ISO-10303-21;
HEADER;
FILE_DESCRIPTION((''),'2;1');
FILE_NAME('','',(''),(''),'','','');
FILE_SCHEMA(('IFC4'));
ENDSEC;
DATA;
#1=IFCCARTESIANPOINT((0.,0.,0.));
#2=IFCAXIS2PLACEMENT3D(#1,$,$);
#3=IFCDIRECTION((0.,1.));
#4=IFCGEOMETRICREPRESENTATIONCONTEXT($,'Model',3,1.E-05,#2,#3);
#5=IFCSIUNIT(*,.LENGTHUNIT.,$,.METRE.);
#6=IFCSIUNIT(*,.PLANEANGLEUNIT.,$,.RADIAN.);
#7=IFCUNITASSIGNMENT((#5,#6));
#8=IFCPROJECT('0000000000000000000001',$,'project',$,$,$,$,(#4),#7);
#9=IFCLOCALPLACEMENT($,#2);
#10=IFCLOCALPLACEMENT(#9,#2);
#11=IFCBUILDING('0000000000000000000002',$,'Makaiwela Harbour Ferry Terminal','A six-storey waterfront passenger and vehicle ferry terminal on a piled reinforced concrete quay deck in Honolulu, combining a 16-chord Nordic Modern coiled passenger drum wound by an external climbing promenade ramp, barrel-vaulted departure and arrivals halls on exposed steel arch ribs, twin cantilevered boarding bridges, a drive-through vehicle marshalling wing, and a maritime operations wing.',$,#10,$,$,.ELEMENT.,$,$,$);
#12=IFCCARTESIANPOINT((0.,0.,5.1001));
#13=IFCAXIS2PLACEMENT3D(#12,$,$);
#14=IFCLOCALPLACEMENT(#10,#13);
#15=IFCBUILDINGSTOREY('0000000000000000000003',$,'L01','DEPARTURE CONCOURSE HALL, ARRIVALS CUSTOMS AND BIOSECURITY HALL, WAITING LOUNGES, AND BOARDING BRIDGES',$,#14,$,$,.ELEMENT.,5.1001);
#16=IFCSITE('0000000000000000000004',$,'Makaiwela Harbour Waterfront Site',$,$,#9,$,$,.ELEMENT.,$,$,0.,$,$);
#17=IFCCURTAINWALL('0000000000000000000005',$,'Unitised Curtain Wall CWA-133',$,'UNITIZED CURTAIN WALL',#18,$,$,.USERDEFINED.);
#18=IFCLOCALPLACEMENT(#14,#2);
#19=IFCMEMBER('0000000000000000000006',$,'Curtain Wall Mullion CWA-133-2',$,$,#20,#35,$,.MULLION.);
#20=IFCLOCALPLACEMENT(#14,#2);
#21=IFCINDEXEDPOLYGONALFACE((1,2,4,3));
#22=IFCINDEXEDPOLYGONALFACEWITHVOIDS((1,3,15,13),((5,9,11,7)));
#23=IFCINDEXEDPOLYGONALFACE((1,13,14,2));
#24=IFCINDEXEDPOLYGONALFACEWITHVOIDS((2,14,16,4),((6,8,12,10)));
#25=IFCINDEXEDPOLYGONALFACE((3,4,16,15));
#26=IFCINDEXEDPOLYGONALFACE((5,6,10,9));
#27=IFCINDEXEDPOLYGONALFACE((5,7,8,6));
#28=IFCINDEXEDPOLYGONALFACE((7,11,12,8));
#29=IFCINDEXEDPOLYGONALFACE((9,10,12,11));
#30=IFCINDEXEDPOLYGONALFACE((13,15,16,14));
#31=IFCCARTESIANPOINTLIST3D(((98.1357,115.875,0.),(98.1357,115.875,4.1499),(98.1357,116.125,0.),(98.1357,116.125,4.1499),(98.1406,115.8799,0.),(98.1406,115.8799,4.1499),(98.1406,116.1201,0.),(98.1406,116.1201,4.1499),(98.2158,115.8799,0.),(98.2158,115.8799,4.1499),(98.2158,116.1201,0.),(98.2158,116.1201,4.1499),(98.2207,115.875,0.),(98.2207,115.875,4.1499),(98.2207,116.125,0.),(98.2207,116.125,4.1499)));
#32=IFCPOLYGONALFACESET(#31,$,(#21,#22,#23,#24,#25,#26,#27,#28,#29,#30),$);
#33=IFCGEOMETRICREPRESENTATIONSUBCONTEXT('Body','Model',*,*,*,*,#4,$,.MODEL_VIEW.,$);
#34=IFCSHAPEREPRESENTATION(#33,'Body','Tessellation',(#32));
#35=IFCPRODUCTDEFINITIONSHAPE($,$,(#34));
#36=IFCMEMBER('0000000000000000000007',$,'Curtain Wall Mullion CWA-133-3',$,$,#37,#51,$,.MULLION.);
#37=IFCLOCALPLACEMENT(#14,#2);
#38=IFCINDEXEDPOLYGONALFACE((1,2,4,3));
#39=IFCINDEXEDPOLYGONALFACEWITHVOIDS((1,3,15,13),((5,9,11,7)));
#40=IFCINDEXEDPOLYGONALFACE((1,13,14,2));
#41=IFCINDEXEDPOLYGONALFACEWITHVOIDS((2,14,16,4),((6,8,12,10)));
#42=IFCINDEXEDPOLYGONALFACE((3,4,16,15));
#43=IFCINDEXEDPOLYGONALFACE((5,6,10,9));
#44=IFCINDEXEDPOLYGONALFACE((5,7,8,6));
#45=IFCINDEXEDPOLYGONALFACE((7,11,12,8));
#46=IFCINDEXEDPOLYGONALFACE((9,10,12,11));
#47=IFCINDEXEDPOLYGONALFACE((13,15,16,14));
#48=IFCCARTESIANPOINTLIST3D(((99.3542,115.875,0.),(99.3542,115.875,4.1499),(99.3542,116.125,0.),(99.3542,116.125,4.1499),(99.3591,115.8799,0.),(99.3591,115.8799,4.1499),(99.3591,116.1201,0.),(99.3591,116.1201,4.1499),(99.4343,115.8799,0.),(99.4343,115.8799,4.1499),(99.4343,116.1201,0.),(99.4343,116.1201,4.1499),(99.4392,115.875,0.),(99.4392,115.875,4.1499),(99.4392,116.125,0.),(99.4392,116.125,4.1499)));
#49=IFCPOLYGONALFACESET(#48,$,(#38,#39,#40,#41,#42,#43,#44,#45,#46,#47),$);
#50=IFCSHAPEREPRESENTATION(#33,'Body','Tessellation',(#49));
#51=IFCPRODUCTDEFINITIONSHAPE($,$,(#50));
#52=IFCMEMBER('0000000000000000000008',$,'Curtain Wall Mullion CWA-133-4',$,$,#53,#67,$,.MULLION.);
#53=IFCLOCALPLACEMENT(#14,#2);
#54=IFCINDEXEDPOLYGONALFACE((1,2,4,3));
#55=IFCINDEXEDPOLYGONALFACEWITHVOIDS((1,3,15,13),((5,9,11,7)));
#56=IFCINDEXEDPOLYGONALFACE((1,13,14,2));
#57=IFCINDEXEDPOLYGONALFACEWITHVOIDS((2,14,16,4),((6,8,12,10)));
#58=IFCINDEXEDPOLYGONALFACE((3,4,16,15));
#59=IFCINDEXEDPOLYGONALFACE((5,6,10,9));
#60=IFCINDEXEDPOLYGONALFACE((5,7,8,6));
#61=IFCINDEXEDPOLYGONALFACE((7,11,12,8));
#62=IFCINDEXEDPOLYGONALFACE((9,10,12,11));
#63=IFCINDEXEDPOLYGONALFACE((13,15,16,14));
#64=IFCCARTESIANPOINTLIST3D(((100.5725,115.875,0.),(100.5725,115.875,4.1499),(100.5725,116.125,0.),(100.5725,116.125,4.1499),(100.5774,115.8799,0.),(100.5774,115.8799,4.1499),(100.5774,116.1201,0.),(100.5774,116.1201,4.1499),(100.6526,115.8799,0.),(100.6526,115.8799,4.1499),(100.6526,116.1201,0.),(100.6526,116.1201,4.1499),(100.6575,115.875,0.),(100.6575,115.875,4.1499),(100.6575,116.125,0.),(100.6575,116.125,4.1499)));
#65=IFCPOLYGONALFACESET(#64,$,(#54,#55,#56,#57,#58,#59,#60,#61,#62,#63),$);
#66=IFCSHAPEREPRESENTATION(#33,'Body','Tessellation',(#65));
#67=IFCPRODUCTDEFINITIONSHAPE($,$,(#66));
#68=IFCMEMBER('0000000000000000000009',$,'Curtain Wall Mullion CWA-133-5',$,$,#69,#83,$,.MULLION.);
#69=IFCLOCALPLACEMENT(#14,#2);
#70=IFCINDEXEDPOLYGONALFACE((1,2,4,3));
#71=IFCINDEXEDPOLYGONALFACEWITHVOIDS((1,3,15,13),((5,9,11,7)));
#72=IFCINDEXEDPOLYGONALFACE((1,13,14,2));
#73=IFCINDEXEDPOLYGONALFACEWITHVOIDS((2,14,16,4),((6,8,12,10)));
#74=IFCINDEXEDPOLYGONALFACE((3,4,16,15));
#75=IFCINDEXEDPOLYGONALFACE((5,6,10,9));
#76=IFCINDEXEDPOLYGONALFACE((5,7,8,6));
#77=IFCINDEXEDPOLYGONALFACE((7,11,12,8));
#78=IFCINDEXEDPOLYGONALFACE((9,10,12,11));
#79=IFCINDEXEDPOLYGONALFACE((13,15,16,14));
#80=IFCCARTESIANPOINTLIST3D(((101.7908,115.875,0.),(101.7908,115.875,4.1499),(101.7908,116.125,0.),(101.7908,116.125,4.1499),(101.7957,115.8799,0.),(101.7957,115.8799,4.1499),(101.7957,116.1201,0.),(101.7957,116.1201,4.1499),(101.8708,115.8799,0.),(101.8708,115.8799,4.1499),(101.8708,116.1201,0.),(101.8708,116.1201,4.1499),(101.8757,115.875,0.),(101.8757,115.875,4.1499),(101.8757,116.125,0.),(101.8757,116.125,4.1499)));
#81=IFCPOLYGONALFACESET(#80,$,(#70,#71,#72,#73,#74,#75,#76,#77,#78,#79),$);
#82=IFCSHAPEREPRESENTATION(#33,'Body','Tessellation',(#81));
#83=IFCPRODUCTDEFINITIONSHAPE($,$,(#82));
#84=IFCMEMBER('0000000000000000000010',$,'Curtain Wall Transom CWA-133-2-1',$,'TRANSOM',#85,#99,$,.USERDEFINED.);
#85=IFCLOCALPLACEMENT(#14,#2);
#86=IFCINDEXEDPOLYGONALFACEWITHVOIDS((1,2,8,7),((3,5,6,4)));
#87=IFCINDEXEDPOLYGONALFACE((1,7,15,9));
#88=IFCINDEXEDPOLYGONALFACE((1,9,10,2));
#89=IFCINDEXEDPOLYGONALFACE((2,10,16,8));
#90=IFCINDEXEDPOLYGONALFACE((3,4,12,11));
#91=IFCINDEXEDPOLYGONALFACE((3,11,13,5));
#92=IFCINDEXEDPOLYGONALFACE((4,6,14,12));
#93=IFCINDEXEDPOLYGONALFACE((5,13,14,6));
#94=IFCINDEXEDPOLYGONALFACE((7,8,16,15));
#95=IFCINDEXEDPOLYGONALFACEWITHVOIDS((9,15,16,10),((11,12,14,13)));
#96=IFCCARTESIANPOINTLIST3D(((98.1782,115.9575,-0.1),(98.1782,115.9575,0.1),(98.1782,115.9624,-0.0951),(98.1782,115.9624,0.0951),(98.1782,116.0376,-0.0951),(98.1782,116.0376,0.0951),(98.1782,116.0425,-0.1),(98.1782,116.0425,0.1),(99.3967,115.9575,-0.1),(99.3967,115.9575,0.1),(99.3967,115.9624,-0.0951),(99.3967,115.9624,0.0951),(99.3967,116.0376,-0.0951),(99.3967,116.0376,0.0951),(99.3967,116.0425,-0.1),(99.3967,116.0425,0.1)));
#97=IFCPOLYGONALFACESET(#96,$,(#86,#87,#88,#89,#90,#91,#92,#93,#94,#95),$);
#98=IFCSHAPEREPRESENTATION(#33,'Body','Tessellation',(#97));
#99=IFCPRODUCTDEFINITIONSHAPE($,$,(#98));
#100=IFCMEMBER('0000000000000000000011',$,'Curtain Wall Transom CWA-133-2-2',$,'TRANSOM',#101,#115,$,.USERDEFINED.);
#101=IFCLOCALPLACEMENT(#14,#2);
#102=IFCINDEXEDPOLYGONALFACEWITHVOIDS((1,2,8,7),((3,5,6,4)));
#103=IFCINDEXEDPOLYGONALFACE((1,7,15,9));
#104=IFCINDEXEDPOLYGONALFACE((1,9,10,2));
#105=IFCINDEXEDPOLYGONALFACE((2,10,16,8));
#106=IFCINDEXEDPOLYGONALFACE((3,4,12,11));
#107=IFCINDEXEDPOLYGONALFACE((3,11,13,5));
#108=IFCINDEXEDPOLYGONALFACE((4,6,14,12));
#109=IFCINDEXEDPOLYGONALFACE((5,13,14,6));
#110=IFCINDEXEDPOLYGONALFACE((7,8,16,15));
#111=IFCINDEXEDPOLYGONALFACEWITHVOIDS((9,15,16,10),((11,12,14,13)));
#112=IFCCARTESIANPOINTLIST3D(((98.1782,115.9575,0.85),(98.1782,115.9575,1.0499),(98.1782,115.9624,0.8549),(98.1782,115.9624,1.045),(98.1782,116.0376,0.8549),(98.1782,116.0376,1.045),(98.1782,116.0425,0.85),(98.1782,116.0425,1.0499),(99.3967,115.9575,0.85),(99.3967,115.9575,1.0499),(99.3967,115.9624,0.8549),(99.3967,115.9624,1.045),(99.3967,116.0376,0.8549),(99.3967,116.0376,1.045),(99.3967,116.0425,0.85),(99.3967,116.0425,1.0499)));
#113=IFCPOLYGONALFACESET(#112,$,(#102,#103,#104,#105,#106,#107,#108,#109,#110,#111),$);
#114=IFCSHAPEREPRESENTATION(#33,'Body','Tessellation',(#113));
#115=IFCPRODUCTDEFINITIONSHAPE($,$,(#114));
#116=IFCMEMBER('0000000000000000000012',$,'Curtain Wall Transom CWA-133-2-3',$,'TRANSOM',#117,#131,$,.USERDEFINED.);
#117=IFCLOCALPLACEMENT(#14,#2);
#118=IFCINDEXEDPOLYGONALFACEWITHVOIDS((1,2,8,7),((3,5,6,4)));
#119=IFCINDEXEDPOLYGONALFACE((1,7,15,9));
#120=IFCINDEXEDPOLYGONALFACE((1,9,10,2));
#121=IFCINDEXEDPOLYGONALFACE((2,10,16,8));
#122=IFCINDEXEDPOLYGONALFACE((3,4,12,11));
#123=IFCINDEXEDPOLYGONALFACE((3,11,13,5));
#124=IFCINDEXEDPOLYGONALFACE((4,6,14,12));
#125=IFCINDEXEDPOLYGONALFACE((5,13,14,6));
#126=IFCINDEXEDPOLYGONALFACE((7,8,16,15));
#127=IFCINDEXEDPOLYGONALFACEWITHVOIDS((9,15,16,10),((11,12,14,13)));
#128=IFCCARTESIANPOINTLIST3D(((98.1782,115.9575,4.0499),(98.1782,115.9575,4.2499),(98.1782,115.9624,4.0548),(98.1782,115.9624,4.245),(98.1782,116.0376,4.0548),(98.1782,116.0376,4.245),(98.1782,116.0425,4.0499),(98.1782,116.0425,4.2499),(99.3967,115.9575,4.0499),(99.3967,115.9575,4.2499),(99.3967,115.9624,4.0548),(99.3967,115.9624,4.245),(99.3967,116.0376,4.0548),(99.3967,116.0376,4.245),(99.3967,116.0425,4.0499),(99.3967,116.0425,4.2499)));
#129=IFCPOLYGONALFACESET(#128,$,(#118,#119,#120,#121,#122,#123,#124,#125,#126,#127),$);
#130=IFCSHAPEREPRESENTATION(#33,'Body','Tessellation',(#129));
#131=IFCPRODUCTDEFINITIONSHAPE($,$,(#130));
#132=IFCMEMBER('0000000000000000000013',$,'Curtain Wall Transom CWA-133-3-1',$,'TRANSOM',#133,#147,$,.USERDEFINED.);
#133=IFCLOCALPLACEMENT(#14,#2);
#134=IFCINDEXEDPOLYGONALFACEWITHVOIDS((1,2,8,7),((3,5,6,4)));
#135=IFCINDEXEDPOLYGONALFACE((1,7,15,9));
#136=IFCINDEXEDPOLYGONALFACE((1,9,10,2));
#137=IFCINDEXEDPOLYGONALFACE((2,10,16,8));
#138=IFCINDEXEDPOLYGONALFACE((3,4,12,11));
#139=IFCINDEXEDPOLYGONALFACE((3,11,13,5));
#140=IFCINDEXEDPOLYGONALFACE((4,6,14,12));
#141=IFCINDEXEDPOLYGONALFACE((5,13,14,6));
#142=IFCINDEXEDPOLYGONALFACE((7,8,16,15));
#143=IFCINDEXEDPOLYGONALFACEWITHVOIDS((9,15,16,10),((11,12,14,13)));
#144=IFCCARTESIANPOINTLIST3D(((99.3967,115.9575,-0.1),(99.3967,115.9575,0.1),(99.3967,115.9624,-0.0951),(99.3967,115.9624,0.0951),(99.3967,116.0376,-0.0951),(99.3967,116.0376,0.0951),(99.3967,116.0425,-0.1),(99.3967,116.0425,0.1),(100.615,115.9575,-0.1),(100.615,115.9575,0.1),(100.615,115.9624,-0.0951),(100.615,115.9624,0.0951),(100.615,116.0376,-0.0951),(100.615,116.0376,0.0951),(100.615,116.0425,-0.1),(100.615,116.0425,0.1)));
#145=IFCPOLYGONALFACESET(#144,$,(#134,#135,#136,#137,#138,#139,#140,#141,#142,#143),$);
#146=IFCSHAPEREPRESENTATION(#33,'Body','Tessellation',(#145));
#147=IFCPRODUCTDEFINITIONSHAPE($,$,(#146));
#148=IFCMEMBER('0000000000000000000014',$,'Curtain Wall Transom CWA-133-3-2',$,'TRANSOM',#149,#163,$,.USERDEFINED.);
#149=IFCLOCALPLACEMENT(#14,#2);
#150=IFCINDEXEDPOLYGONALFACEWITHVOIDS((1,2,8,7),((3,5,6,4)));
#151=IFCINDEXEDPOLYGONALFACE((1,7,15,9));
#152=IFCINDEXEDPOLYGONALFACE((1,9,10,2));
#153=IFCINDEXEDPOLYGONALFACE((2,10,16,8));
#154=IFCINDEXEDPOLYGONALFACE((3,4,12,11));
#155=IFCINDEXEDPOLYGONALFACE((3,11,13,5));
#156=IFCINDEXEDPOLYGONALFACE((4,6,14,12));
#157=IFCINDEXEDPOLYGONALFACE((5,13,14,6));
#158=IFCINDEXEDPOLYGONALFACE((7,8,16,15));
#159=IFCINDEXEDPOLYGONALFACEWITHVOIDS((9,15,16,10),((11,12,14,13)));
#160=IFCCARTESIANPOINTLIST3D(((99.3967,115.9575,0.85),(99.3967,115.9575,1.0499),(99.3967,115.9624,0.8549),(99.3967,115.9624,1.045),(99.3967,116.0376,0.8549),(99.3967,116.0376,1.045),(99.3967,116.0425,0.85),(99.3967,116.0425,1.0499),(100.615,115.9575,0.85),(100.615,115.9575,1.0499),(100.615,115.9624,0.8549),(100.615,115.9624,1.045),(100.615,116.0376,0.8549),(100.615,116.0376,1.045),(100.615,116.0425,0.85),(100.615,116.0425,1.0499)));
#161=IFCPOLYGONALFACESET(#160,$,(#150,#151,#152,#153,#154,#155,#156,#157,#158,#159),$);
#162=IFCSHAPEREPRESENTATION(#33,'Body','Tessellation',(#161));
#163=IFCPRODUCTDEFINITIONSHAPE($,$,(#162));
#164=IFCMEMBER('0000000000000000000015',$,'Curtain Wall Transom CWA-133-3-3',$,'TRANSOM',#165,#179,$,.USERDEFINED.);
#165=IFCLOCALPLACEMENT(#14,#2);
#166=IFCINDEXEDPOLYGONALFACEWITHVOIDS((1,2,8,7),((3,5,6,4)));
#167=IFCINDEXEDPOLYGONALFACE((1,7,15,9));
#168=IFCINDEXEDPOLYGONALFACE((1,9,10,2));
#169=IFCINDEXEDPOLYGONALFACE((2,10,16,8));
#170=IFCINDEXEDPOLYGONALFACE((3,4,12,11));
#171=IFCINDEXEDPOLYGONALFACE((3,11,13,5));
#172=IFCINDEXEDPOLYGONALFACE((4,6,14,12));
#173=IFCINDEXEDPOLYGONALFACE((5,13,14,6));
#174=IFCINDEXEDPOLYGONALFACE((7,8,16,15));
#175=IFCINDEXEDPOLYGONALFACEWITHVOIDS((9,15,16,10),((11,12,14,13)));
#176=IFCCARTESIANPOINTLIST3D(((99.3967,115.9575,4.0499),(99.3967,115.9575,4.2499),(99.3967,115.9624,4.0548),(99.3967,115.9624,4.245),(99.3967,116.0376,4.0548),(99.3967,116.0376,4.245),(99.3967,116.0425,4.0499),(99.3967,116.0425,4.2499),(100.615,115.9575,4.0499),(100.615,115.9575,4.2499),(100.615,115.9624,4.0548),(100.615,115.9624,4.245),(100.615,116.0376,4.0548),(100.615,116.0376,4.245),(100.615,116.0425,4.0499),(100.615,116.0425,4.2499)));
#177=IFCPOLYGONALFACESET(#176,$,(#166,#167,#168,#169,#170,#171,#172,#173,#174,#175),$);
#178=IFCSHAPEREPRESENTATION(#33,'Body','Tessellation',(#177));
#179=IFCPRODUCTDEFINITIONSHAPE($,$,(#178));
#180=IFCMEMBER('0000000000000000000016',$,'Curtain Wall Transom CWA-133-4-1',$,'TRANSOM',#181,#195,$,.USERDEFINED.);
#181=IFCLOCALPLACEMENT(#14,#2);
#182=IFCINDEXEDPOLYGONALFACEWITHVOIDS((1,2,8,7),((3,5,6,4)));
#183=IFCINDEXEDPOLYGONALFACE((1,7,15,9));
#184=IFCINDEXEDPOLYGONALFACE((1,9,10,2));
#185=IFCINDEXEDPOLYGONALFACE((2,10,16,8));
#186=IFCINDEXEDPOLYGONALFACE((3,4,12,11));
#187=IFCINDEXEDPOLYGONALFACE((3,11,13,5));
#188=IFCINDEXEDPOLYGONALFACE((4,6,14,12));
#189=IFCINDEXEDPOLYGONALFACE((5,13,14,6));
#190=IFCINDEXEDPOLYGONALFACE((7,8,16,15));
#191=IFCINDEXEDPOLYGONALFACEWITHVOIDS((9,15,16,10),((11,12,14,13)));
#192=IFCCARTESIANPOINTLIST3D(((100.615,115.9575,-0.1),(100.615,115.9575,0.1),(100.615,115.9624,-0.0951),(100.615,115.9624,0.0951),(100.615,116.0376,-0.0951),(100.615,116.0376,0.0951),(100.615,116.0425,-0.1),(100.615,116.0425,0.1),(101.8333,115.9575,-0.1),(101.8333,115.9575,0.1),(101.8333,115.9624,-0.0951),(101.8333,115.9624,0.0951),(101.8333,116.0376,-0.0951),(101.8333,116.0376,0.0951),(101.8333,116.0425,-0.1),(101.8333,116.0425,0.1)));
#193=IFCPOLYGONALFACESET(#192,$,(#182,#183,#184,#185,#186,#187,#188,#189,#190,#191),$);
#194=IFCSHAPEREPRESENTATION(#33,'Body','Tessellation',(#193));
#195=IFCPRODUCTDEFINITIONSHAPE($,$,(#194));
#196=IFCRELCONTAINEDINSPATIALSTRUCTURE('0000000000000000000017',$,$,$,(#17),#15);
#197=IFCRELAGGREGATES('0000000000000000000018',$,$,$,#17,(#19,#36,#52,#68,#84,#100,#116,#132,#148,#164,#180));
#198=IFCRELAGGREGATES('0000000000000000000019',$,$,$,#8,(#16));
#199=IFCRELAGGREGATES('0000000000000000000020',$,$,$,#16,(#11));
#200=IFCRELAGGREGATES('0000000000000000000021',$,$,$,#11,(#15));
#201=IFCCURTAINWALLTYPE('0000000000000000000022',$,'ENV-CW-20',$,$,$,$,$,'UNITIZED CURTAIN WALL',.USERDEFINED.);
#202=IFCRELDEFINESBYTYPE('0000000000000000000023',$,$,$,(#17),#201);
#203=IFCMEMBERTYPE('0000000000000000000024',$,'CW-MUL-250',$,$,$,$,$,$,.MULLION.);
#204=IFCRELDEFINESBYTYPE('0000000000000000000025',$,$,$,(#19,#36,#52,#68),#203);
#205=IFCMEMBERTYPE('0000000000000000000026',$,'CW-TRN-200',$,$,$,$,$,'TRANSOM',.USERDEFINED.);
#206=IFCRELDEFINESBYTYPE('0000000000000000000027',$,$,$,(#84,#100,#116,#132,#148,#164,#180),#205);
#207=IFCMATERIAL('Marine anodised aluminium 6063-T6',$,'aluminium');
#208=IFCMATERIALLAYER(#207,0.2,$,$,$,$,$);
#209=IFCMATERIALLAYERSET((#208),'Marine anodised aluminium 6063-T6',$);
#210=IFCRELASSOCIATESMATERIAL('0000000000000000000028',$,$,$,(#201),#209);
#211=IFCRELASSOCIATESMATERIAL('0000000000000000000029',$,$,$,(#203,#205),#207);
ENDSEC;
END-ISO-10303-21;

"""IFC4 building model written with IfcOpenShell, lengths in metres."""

from ifc_helpers import new_model, si_unit, direction, frame, origin, origin_2d, place, context, subcontext, project, spatial, hollow_rectangle, extrude, material, layer, layer_set, material_profile, profile_set, type_object, element, aggregate, save


model = new_model("IFC4")

# Units and contexts
model_context = context("Model", 3, precision=1e-05, world=origin(), true_north=direction((0.0, 1.0)))
body_context = subcontext(model_context, "Body", "Model", "MODEL_VIEW")
ifc_project = project(units=[si_unit("LENGTHUNIT", "METRE"), si_unit("PLANEANGLEUNIT", "RADIAN")], contexts=[model_context])

# Site, building, storey
site_placement = place(None, origin())
site = spatial("IfcSite", under=ifc_project, at=site_placement, Name="Makaiwela Harbour Waterfront Site", CompositionType="ELEMENT", RefElevation=0.0)
building_placement = place(site_placement, origin())
building = spatial("IfcBuilding", under=site, at=building_placement, Name="Makaiwela Harbour Ferry Terminal", Description="A six-storey waterfront passenger and vehicle ferry terminal on a piled reinforced concrete quay deck in Honolulu, combining a 16-chord Nordic Modern coiled passenger drum wound by an external climbing promenade ramp, barrel-vaulted departure and arrivals halls on exposed steel arch ribs, twin cantilevered boarding bridges, a drive-through vehicle marshalling wing, and a maritime operations wing.", CompositionType="ELEMENT")
storey_placement = place(building_placement, frame((0.0, 0.0, 5.1001)))
storey = spatial("IfcBuildingStorey", under=building, at=storey_placement, Name="L01", Description="DEPARTURE CONCOURSE HALL, ARRIVALS CUSTOMS AND BIOSECURITY HALL, WAITING LOUNGES, AND BOARDING BRIDGES", CompositionType="ELEMENT", Elevation=5.1001)

# Curtain wall, members
ifc_material_1 = material(Name="Marine anodised aluminium 6063-T6", Category="aluminium")
ifc_layer_1 = layer(ifc_material_1, 0.2)
ifc_layer_set_1 = layer_set([ifc_layer_1], Name="Marine anodised aluminium 6063-T6")
curtain_wall_type = type_object("IfcCurtainWallType", Name="ENV-CW-20", ElementType="UNITIZED CURTAIN WALL", PredefinedType="USERDEFINED", material=ifc_layer_set_1)
curtain_wall_placement = place(storey_placement, origin())
curtain_wall = element("IfcCurtainWall", 1, at=curtain_wall_placement, inside=storey, type_object=curtain_wall_type, Name="Unitised Curtain Wall CWA-133", ObjectType="UNITIZED CURTAIN WALL", PredefinedType="USERDEFINED")
ifc_material_profile_1 = material_profile(ifc_material_1, hollow_rectangle(XDim=0.085, YDim=0.25, WallThickness=0.0049, at=origin_2d()), Name="CWM-250X85")
ifc_profile_set_1 = profile_set([ifc_material_profile_1], Name="Marine anodised aluminium 6063-T6")
member_type_1 = type_object("IfcMemberType", Name="CW-MUL-250", PredefinedType="MULLION", material=ifc_profile_set_1)
member_1_placement = place(storey_placement, frame((98.1782, 116.0, 0.0), z_axis=(0.0, 0.0, 1.0), x_axis=(1.0, 0.0, 0.0)))
member_1 = element("IfcMember", 2, at=member_1_placement, type_object=member_type_1, Name="Curtain Wall Mullion CWA-133-2", PredefinedType="MULLION", context=body_context, shape_type="SweptSolid", body=[
    extrude(hollow_rectangle(XDim=0.085, YDim=0.25, WallThickness=0.0049, at=origin_2d()), origin(), (0.0, 0.0, 1.0), 4.1499),
])
member_2_placement = place(storey_placement, frame((99.3967, 116.0, 0.0), z_axis=(0.0, 0.0, 1.0), x_axis=(1.0, 0.0, 0.0)))
member_2 = element("IfcMember", 3, at=member_2_placement, type_object=member_type_1, Name="Curtain Wall Mullion CWA-133-3", PredefinedType="MULLION", context=body_context, shape_type="SweptSolid", body=[
    extrude(hollow_rectangle(XDim=0.085, YDim=0.25, WallThickness=0.0049, at=origin_2d()), origin(), (0.0, 0.0, 1.0), 4.1499),
])
member_3_placement = place(storey_placement, frame((100.615, 116.0, 0.0), z_axis=(0.0, 0.0, 1.0), x_axis=(1.0, 0.0, 0.0)))
member_3 = element("IfcMember", 4, at=member_3_placement, type_object=member_type_1, Name="Curtain Wall Mullion CWA-133-4", PredefinedType="MULLION", context=body_context, shape_type="SweptSolid", body=[
    extrude(hollow_rectangle(XDim=0.085, YDim=0.25, WallThickness=0.0049, at=origin_2d()), origin(), (0.0, 0.0, 1.0), 4.1499),
])
member_4_placement = place(storey_placement, frame((101.8333, 116.0, 0.0), z_axis=(0.0, 0.0, 1.0), x_axis=(1.0, 0.0, 0.0)))
member_4 = element("IfcMember", 5, at=member_4_placement, type_object=member_type_1, Name="Curtain Wall Mullion CWA-133-5", PredefinedType="MULLION", context=body_context, shape_type="SweptSolid", body=[
    extrude(hollow_rectangle(XDim=0.085, YDim=0.25, WallThickness=0.0049, at=origin_2d()), origin(), (0.0, 0.0, 1.0), 4.1499),
])
ifc_material_profile_2 = material_profile(ifc_material_1, hollow_rectangle(XDim=0.085, YDim=0.2, WallThickness=0.0049, at=origin_2d()), Name="CWT-200X85")
ifc_profile_set_2 = profile_set([ifc_material_profile_2], Name="Marine anodised aluminium 6063-T6")
member_type_2 = type_object("IfcMemberType", Name="CW-TRN-200", ElementType="TRANSOM", PredefinedType="USERDEFINED", material=ifc_profile_set_2)
member_5_placement = place(storey_placement, frame((98.1782, 116.0, 0.0), z_axis=(1.0, 0.0, 0.0), x_axis=(0.0, 1.0, 0.0)))
member_5 = element("IfcMember", 6, at=member_5_placement, type_object=member_type_2, Name="Curtain Wall Transom CWA-133-2-1", ObjectType="TRANSOM", PredefinedType="USERDEFINED", context=body_context, shape_type="SweptSolid", body=[
    extrude(hollow_rectangle(XDim=0.085, YDim=0.2, WallThickness=0.0049, at=origin_2d()), origin(), (0.0, 0.0, 1.0), 1.2185),
])
member_6_placement = place(storey_placement, frame((98.1782, 116.0, 0.95), z_axis=(1.0, 0.0, 0.0), x_axis=(0.0, 1.0, 0.0)))
member_6 = element("IfcMember", 7, at=member_6_placement, type_object=member_type_2, Name="Curtain Wall Transom CWA-133-2-2", ObjectType="TRANSOM", PredefinedType="USERDEFINED", context=body_context, shape_type="SweptSolid", body=[
    extrude(hollow_rectangle(XDim=0.085, YDim=0.2, WallThickness=0.0049, at=origin_2d()), origin(), (0.0, 0.0, 1.0), 1.2185),
])
member_7_placement = place(storey_placement, frame((98.1782, 116.0, 4.1499), z_axis=(1.0, 0.0, 0.0), x_axis=(0.0, 1.0, 0.0)))
member_7 = element("IfcMember", 8, at=member_7_placement, type_object=member_type_2, Name="Curtain Wall Transom CWA-133-2-3", ObjectType="TRANSOM", PredefinedType="USERDEFINED", context=body_context, shape_type="SweptSolid", body=[
    extrude(hollow_rectangle(XDim=0.085, YDim=0.2, WallThickness=0.0049, at=origin_2d()), origin(), (0.0, 0.0, 1.0), 1.2185),
])
member_8_placement = place(storey_placement, frame((99.3967, 116.0, 0.0), z_axis=(1.0, 0.0, 0.0), x_axis=(0.0, 1.0, 0.0)))
member_8 = element("IfcMember", 9, at=member_8_placement, type_object=member_type_2, Name="Curtain Wall Transom CWA-133-3-1", ObjectType="TRANSOM", PredefinedType="USERDEFINED", context=body_context, shape_type="SweptSolid", body=[
    extrude(hollow_rectangle(XDim=0.085, YDim=0.2, WallThickness=0.0049, at=origin_2d()), origin(), (0.0, 0.0, 1.0), 1.2183),
])
member_9_placement = place(storey_placement, frame((99.3967, 116.0, 0.95), z_axis=(1.0, 0.0, 0.0), x_axis=(0.0, 1.0, 0.0)))
member_9 = element("IfcMember", 10, at=member_9_placement, type_object=member_type_2, Name="Curtain Wall Transom CWA-133-3-2", ObjectType="TRANSOM", PredefinedType="USERDEFINED", context=body_context, shape_type="SweptSolid", body=[
    extrude(hollow_rectangle(XDim=0.085, YDim=0.2, WallThickness=0.0049, at=origin_2d()), origin(), (0.0, 0.0, 1.0), 1.2183),
])
member_10_placement = place(storey_placement, frame((99.3967, 116.0, 4.1499), z_axis=(1.0, 0.0, 0.0), x_axis=(0.0, 1.0, 0.0)))
member_10 = element("IfcMember", 11, at=member_10_placement, type_object=member_type_2, Name="Curtain Wall Transom CWA-133-3-3", ObjectType="TRANSOM", PredefinedType="USERDEFINED", context=body_context, shape_type="SweptSolid", body=[
    extrude(hollow_rectangle(XDim=0.085, YDim=0.2, WallThickness=0.0049, at=origin_2d()), origin(), (0.0, 0.0, 1.0), 1.2183),
])
member_11_placement = place(storey_placement, frame((100.615, 116.0, 0.0), z_axis=(1.0, 0.0, 0.0), x_axis=(0.0, 1.0, 0.0)))
member_11 = element("IfcMember", 12, at=member_11_placement, type_object=member_type_2, Name="Curtain Wall Transom CWA-133-4-1", ObjectType="TRANSOM", PredefinedType="USERDEFINED", context=body_context, shape_type="SweptSolid", body=[
    extrude(hollow_rectangle(XDim=0.085, YDim=0.2, WallThickness=0.0049, at=origin_2d()), origin(), (0.0, 0.0, 1.0), 1.2183),
])

aggregate(curtain_wall, [member_1, member_2, member_3, member_4, member_5, member_6, member_7, member_8, member_9, member_10, member_11])

save(model, "model.ifc")
